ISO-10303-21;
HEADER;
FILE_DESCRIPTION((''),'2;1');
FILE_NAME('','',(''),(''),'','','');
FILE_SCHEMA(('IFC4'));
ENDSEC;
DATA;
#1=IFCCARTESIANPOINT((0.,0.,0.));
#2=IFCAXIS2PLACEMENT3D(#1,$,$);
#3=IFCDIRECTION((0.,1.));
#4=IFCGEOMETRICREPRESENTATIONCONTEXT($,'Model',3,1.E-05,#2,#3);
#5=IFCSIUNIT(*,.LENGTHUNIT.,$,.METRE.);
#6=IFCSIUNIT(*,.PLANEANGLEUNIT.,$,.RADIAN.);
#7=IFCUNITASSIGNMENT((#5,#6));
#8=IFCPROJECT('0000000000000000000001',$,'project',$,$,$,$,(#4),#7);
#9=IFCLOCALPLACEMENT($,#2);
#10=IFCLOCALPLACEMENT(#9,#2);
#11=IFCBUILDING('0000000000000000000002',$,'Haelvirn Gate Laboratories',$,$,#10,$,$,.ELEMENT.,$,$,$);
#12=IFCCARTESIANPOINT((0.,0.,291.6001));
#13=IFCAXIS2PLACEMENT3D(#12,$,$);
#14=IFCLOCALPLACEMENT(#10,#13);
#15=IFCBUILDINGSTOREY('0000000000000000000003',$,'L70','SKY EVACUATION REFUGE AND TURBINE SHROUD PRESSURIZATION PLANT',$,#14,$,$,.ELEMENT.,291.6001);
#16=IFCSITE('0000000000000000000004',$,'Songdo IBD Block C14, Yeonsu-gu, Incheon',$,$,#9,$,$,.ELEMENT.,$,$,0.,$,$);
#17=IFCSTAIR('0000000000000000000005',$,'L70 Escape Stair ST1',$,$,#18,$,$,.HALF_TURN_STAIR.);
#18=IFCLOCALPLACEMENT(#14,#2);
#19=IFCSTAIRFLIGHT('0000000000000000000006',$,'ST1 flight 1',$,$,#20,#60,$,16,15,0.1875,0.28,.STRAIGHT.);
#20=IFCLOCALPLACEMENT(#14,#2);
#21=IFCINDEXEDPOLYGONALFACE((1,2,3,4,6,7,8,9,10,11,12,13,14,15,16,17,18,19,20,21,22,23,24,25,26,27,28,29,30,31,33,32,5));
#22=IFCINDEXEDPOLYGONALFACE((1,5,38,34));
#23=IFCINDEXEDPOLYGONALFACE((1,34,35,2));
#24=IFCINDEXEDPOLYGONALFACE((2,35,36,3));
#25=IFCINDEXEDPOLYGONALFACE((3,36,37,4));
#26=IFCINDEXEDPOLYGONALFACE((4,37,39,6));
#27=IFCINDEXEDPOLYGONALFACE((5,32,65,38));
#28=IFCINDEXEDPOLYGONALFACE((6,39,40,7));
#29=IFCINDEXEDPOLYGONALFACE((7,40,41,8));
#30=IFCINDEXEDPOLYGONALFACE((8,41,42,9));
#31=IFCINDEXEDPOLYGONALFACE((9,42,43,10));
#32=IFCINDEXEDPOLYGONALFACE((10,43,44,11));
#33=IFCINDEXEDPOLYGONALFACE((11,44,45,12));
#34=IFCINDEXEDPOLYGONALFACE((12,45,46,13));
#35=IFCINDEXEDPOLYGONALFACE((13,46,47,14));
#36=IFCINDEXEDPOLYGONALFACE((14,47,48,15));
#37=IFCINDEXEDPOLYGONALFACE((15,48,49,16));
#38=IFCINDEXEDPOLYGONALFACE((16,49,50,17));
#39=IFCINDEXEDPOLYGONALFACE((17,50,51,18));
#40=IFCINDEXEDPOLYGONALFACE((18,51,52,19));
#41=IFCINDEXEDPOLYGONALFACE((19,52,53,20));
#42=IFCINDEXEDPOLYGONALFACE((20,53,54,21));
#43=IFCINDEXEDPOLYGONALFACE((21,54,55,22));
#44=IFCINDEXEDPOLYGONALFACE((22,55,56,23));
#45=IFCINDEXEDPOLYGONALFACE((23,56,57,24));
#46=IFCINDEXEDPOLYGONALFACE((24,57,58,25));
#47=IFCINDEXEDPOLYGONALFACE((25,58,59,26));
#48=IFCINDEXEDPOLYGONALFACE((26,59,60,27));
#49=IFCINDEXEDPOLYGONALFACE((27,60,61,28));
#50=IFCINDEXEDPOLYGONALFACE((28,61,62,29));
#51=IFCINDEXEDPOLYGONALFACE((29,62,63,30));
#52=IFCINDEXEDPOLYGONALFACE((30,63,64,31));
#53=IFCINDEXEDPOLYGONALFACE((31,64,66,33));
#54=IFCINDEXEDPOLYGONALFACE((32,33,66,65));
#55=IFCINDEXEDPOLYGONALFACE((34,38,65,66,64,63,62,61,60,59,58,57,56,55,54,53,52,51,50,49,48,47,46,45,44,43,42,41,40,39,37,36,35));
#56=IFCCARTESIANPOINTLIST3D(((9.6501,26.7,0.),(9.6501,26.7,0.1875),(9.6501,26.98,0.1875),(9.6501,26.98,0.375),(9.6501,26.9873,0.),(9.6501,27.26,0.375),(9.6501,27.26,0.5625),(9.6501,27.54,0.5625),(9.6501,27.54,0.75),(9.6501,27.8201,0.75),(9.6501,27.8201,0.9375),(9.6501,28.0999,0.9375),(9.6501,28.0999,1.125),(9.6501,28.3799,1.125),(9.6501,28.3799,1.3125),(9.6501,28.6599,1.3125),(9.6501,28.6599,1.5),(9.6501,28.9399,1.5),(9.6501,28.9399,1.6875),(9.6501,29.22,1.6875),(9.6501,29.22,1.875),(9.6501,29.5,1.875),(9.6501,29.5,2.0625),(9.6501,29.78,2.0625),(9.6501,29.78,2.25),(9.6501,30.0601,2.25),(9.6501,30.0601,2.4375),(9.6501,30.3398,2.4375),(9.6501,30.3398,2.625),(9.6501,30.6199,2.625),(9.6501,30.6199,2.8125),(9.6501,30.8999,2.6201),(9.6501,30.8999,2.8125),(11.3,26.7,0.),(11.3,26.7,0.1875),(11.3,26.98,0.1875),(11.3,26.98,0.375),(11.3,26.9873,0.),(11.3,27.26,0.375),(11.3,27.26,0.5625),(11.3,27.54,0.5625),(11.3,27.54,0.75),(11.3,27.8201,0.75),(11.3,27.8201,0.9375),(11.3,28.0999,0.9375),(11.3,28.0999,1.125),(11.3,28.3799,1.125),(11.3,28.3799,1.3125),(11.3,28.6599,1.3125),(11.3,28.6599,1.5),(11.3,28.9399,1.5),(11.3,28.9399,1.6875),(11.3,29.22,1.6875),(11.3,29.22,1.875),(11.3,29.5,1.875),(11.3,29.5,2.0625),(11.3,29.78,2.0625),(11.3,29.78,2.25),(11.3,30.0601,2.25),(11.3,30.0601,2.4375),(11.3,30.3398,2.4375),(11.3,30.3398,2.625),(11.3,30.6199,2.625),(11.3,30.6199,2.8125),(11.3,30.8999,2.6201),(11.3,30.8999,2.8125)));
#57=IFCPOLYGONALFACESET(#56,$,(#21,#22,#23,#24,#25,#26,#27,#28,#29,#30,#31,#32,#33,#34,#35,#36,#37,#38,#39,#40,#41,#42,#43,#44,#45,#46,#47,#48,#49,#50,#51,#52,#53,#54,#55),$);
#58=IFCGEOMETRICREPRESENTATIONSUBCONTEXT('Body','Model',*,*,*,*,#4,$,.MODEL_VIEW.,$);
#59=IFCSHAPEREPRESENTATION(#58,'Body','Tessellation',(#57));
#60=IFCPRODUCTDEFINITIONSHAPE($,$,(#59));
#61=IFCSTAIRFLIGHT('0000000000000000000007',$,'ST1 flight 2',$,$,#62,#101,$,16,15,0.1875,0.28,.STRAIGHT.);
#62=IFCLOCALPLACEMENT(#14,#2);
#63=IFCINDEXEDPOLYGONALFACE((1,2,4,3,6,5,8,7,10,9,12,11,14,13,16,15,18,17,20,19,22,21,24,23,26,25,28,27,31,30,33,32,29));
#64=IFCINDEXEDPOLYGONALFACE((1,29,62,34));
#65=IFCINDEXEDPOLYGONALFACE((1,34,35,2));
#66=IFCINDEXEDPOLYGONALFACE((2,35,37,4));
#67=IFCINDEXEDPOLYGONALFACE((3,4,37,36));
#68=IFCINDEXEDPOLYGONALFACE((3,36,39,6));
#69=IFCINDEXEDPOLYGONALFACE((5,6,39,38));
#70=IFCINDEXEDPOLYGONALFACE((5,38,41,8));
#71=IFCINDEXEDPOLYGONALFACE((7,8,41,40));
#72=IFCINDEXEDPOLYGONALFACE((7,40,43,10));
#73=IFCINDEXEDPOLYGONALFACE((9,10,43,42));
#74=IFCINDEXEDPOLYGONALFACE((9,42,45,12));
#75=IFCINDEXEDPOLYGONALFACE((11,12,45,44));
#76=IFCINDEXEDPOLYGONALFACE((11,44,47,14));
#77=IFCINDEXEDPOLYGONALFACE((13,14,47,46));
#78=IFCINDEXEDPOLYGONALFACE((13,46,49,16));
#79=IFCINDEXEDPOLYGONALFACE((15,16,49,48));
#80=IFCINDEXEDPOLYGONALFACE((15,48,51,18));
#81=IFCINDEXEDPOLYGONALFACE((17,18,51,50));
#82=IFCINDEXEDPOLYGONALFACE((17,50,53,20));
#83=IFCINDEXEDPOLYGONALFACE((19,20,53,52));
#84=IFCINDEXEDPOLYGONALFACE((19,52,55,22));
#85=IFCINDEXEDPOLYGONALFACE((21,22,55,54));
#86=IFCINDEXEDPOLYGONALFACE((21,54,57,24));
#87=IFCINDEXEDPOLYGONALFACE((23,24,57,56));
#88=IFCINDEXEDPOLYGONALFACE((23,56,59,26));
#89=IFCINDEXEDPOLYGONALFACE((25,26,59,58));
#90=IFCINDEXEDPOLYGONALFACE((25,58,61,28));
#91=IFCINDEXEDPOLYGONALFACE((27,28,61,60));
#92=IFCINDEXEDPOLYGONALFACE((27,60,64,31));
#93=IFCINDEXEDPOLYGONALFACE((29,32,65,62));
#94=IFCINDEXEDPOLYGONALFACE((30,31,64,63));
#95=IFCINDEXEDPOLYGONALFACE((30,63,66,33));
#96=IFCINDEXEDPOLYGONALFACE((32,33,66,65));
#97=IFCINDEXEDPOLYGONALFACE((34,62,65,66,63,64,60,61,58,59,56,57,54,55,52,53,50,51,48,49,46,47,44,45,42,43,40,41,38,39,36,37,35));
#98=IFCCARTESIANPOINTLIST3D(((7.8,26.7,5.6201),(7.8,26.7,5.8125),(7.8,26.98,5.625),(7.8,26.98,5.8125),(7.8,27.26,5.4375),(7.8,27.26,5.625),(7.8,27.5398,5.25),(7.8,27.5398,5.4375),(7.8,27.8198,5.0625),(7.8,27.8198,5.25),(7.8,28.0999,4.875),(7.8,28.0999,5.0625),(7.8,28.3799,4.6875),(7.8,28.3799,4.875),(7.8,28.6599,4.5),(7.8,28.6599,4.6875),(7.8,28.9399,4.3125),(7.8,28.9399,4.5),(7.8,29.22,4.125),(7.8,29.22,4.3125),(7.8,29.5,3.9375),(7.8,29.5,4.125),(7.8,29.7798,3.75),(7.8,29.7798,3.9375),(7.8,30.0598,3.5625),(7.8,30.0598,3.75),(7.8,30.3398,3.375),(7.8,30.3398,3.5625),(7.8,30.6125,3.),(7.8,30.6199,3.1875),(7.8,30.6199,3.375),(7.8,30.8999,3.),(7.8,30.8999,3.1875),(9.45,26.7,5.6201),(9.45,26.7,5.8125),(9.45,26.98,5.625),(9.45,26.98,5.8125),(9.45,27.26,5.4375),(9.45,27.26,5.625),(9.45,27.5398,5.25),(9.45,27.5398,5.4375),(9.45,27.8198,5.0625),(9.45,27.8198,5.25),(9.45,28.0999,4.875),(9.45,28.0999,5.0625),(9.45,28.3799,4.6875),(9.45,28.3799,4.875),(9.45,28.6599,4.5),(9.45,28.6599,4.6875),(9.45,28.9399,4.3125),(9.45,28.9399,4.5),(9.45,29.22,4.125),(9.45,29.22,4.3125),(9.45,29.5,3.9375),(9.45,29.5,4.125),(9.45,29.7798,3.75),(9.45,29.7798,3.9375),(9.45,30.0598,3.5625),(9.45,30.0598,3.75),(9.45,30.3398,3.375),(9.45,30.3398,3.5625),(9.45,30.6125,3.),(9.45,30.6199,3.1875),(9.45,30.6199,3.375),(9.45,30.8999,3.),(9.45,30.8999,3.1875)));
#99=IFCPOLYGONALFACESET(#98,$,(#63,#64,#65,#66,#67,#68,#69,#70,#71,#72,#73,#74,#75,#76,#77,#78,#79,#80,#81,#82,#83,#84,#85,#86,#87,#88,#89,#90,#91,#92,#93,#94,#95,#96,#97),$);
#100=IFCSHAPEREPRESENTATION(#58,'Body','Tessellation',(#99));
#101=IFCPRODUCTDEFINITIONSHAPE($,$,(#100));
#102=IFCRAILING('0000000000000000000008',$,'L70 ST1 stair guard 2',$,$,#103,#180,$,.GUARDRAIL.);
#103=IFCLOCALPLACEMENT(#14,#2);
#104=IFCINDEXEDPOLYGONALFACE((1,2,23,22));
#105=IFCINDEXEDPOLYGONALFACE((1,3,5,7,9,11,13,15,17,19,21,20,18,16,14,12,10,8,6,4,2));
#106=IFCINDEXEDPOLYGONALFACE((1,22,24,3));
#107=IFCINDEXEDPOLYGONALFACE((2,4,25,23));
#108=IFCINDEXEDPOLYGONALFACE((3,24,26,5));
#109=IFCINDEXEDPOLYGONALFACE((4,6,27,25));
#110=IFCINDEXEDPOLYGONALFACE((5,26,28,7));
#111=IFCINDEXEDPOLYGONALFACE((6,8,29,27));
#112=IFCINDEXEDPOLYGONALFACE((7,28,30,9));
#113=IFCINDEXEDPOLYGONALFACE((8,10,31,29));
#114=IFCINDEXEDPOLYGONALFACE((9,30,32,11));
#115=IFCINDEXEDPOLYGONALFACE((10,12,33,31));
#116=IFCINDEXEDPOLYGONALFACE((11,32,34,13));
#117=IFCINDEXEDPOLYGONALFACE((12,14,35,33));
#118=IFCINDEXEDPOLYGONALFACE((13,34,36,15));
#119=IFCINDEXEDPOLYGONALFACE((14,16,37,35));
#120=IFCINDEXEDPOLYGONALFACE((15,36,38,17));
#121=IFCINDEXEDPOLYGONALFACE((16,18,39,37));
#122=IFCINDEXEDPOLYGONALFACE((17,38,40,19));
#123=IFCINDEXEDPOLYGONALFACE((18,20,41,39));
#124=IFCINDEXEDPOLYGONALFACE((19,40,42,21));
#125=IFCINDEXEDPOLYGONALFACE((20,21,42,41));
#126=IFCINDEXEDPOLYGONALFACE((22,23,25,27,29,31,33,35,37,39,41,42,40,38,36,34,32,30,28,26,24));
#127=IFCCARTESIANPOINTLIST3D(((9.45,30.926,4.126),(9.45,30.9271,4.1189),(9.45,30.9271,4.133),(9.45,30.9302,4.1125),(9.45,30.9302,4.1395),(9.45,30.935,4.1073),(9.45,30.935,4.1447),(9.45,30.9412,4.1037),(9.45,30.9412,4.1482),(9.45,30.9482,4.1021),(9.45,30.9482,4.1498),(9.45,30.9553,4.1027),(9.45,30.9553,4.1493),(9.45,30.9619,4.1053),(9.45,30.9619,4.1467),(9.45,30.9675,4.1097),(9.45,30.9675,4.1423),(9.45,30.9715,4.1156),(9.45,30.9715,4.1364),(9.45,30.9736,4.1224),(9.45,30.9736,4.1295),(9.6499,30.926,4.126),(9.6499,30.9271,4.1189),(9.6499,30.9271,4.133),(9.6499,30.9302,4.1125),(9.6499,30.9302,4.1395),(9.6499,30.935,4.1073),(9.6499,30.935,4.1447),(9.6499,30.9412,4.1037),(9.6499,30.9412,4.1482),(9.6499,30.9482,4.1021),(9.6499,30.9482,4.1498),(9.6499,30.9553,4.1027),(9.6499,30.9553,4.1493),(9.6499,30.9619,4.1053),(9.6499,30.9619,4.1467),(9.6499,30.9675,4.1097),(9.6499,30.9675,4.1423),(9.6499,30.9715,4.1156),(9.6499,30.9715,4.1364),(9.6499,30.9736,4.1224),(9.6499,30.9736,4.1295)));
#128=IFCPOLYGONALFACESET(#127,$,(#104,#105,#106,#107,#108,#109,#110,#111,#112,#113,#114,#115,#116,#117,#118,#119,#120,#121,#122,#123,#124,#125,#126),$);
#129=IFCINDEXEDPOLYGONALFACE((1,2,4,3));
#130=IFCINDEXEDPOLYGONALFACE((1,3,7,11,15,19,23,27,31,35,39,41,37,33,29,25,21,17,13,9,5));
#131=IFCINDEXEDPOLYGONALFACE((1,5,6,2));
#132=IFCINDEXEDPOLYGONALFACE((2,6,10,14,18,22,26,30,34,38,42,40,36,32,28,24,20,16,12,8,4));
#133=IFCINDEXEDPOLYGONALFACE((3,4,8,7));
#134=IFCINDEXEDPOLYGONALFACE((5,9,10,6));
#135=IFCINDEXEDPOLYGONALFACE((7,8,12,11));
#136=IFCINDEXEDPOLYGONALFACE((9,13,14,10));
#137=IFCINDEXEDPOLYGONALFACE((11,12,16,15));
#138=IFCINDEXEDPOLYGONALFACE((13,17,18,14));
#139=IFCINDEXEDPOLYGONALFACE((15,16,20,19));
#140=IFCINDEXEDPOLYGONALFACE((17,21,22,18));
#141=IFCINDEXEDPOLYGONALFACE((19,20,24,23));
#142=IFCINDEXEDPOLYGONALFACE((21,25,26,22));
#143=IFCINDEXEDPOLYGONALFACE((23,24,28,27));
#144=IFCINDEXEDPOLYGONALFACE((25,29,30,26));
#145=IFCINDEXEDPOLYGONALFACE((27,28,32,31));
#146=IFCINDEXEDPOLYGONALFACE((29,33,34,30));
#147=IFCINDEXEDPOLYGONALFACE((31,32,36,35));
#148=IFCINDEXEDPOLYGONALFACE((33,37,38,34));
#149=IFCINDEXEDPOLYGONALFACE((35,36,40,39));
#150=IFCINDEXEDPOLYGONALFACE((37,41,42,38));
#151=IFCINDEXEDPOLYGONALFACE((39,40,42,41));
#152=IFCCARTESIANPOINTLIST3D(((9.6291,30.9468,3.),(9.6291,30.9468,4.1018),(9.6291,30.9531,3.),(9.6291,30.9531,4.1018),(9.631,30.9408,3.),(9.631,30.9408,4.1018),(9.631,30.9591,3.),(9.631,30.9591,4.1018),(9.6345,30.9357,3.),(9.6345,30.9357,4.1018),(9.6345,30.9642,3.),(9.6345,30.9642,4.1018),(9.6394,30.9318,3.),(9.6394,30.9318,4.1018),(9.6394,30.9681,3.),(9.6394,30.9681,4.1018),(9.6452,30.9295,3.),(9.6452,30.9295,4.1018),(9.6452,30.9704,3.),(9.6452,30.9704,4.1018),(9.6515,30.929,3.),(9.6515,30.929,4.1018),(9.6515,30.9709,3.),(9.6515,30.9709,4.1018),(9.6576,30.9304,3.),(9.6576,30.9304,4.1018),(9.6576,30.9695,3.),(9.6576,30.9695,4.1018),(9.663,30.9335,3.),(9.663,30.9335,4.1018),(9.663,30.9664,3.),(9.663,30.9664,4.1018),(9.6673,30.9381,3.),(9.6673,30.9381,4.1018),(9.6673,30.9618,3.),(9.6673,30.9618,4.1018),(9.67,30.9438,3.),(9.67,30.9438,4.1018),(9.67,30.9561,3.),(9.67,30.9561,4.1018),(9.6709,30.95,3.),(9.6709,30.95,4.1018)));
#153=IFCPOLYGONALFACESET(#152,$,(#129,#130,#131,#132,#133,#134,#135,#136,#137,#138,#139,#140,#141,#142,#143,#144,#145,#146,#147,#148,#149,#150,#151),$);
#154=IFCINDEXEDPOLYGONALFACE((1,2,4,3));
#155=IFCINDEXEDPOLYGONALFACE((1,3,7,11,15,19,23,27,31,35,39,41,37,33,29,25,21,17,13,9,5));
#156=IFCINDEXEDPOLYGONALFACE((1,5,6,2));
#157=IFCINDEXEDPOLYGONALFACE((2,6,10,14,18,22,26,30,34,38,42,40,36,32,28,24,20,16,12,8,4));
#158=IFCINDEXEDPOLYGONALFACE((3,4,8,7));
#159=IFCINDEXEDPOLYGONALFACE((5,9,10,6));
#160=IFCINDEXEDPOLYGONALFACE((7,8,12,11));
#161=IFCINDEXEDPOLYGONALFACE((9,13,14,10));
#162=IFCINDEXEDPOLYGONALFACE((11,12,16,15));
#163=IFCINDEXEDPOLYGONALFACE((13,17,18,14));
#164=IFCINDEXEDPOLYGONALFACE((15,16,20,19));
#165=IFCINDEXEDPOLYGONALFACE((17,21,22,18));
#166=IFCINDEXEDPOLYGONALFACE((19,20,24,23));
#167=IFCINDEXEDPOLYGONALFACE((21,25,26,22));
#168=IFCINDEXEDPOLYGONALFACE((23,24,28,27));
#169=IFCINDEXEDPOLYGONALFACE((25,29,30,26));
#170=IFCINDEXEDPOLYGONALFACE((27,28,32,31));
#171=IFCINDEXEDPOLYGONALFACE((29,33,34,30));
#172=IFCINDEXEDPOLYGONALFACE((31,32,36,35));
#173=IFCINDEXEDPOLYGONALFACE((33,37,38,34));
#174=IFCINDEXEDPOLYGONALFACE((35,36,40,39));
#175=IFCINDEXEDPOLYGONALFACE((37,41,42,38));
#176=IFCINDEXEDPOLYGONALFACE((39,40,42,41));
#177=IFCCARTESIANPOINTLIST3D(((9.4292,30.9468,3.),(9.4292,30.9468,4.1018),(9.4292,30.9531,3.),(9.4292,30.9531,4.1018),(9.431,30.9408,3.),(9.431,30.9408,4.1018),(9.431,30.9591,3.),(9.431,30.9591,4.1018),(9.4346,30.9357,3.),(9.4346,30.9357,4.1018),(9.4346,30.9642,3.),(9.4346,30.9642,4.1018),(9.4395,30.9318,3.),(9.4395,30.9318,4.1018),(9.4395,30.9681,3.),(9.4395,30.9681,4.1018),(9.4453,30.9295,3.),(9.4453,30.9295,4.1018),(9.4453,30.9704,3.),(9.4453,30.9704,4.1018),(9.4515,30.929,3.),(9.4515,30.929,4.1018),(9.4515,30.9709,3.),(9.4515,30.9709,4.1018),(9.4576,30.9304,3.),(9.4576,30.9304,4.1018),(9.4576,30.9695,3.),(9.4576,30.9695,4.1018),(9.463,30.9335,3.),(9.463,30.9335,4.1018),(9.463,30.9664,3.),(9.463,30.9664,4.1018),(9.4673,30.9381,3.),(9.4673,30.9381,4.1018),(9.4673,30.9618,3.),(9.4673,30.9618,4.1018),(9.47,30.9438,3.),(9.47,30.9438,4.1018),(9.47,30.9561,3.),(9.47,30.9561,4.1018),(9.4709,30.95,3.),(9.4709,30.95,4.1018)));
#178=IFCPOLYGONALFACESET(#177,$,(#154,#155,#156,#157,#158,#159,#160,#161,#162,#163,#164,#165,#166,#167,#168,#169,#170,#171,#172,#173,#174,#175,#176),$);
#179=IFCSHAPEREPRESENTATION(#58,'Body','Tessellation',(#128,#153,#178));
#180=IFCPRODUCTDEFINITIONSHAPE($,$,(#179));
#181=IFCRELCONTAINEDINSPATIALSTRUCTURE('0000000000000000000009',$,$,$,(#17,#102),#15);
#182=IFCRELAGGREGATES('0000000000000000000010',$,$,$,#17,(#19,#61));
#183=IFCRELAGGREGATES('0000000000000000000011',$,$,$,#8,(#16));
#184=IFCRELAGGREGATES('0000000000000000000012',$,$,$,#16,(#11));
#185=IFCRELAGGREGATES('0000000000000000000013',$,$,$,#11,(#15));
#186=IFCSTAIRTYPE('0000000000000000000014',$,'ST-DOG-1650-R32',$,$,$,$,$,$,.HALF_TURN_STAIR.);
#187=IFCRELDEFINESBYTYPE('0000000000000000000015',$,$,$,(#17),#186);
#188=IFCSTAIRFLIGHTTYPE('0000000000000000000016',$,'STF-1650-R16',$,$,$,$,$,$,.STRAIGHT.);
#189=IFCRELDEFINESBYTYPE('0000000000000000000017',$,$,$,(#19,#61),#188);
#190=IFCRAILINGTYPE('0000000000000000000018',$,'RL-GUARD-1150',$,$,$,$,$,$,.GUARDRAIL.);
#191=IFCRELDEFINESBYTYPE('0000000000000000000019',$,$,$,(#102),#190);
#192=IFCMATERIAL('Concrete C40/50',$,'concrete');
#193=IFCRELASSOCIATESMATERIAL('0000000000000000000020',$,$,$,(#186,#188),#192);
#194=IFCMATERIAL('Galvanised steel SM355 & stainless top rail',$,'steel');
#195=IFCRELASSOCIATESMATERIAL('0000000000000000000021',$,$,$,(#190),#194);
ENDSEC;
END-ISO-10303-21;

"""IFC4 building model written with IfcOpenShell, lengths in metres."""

from ifc_helpers import new_model, si_unit, direction, frame, origin, origin_2d, place, context, subcontext, project, spatial, polyline, circle, outline, extrude, source, transform, mapped, material, type_object, type_shapes, element, aggregate, save


model = new_model("IFC4")

# Units and contexts
model_context = context("Model", 3, precision=1e-05, world=origin(), true_north=direction((0.0, 1.0)))
body_context = subcontext(model_context, "Body", "Model", "MODEL_VIEW")
ifc_project = project(units=[si_unit("LENGTHUNIT", "METRE"), si_unit("PLANEANGLEUNIT", "RADIAN")], contexts=[model_context])

# Site, building, storey
site_placement = place(None, origin())
site = spatial("IfcSite", under=ifc_project, at=site_placement, Name="Songdo IBD Block C14, Yeonsu-gu, Incheon", CompositionType="ELEMENT", RefElevation=0.0)
building_placement = place(site_placement, origin())
building = spatial("IfcBuilding", under=site, at=building_placement, Name="Haelvirn Gate Laboratories", CompositionType="ELEMENT")
storey_placement = place(building_placement, frame((0.0, 0.0, 291.6001)))
storey = spatial("IfcBuildingStorey", under=building, at=storey_placement, Name="L70", Description="SKY EVACUATION REFUGE AND TURBINE SHROUD PRESSURIZATION PLANT", CompositionType="ELEMENT", Elevation=291.6001)

# Stair, stair flights
ifc_material_1 = material(Name="Concrete C40/50", Category="concrete")
stair_type = type_object("IfcStairType", Name="ST-DOG-1650-R32", PredefinedType="HALF_TURN_STAIR", material=ifc_material_1)
stair_placement = place(storey_placement, origin())
stair = element("IfcStair", 1, at=stair_placement, inside=storey, type_object=stair_type, Name="L70 Escape Stair ST1", PredefinedType="HALF_TURN_STAIR")
stair_flight_type = type_object("IfcStairFlightType", Name="STF-1650-R16", PredefinedType="STRAIGHT", material=ifc_material_1)
shared_shape_1 = source(origin(), body_context, "Body", "SweptSolid", [
    extrude(outline(polyline([(0.0, 0.0), (0.0, 0.1875), (0.28, 0.1875), (0.28, 0.375), (0.5601, 0.375), (0.5601, 0.5625), (0.8401, 0.5625), (0.8401, 0.75), (1.1201, 0.75), (1.1201, 0.9375), (1.3999, 0.9375), (1.3999, 1.125), (1.6799, 1.125), (1.6799, 1.3125), (1.96, 1.3125), (1.96, 1.5), (2.24, 1.5), (2.24, 1.6875), (2.52, 1.6875), (2.52, 1.875), (2.8, 1.875), (2.8, 2.0625), (3.0801, 2.0625), (3.0801, 2.25), (3.3601, 2.25), (3.3601, 2.4375), (3.6399, 2.4375), (3.6399, 2.625), (3.9199, 2.625), (3.9199, 2.8125), (4.2, 2.8125), (4.2, 3.0), (4.2, 2.6201), (0.2874, 0.0), (0.0, 0.0)])), frame((0.0, 0.825, 0.0), z_axis=(0.0, -1.0, 0.0), x_axis=(1.0, 0.0, 0.0)), (0.0, 0.0, 1.0), 1.6499),
])
type_shapes(stair_flight_type, [shared_shape_1])
stair_flight_1_placement = place(storey_placement, frame((10.4751, 26.7, 0.0), z_axis=(0.0, 0.0, 1.0), x_axis=(0.0, 1.0, 0.0)))
stair_flight_1 = element("IfcStairFlight", 2, at=stair_flight_1_placement, type_object=stair_flight_type, Name="ST1 flight 1", NumberOfRisers=16, NumberOfTreads=15, PredefinedType="STRAIGHT", RiserHeight=0.1875, TreadLength=0.28, context=body_context, shape_type="MappedRepresentation", body=[
    mapped(shared_shape_1, transform((0.0, 0.0, 0.0), scale=1.0)),
])
stair_flight_2_placement = place(storey_placement, frame((8.625, 30.8999, 3.0), z_axis=(0.0, 0.0, 1.0), x_axis=(0.0, -1.0, 0.0)))
stair_flight_2 = element("IfcStairFlight", 3, at=stair_flight_2_placement, type_object=stair_flight_type, Name="ST1 flight 2", NumberOfRisers=16, NumberOfTreads=15, PredefinedType="STRAIGHT", RiserHeight=0.1875, TreadLength=0.28, context=body_context, shape_type="MappedRepresentation", body=[
    mapped(shared_shape_1, transform((0.0, 0.0, 0.0), scale=1.0)),
])
aggregate(stair, [stair_flight_1, stair_flight_2])

# Railing
ifc_material_2 = material(Name="Galvanised steel SM355 & stainless top rail", Category="steel")
railing_type_1 = type_object("IfcRailingType", Name="RL-GUARD-1150", PredefinedType="GUARDRAIL", material=ifc_material_2)
shared_shape_2 = source(origin(), body_context, "Body", "SweptSolid", [
    extrude(circle(Radius=0.0239, at=origin_2d()), frame((0.0, 0.0, 1.126), z_axis=(-1.0, 0.0, 0.0), x_axis=(0.0, -1.0, 0.0)), (0.0, 0.0, 1.0), 0.2),
    extrude(circle(Radius=0.021, at=origin_2d()), origin(), (0.0, 0.0, 1.0), 1.1018),
    extrude(circle(Radius=0.021, at=origin_2d()), frame((-0.2, 0.0, 0.0)), (0.0, 0.0, 1.0), 1.1018),
])
for number, where, name in (
    (4, (9.6499, 30.95, 3.0), "L70 ST1 stair guard 2"),
):
    element("IfcRailing", number, at=place(storey_placement, frame(where)), inside=storey, type_object=railing_type_1, Name=name, PredefinedType="GUARDRAIL", context=body_context, shape_type="MappedRepresentation", body=[
        mapped(shared_shape_2, transform((0.0, 0.0, 0.0), scale=1.0)),
    ])

save(model, "model.ifc")
